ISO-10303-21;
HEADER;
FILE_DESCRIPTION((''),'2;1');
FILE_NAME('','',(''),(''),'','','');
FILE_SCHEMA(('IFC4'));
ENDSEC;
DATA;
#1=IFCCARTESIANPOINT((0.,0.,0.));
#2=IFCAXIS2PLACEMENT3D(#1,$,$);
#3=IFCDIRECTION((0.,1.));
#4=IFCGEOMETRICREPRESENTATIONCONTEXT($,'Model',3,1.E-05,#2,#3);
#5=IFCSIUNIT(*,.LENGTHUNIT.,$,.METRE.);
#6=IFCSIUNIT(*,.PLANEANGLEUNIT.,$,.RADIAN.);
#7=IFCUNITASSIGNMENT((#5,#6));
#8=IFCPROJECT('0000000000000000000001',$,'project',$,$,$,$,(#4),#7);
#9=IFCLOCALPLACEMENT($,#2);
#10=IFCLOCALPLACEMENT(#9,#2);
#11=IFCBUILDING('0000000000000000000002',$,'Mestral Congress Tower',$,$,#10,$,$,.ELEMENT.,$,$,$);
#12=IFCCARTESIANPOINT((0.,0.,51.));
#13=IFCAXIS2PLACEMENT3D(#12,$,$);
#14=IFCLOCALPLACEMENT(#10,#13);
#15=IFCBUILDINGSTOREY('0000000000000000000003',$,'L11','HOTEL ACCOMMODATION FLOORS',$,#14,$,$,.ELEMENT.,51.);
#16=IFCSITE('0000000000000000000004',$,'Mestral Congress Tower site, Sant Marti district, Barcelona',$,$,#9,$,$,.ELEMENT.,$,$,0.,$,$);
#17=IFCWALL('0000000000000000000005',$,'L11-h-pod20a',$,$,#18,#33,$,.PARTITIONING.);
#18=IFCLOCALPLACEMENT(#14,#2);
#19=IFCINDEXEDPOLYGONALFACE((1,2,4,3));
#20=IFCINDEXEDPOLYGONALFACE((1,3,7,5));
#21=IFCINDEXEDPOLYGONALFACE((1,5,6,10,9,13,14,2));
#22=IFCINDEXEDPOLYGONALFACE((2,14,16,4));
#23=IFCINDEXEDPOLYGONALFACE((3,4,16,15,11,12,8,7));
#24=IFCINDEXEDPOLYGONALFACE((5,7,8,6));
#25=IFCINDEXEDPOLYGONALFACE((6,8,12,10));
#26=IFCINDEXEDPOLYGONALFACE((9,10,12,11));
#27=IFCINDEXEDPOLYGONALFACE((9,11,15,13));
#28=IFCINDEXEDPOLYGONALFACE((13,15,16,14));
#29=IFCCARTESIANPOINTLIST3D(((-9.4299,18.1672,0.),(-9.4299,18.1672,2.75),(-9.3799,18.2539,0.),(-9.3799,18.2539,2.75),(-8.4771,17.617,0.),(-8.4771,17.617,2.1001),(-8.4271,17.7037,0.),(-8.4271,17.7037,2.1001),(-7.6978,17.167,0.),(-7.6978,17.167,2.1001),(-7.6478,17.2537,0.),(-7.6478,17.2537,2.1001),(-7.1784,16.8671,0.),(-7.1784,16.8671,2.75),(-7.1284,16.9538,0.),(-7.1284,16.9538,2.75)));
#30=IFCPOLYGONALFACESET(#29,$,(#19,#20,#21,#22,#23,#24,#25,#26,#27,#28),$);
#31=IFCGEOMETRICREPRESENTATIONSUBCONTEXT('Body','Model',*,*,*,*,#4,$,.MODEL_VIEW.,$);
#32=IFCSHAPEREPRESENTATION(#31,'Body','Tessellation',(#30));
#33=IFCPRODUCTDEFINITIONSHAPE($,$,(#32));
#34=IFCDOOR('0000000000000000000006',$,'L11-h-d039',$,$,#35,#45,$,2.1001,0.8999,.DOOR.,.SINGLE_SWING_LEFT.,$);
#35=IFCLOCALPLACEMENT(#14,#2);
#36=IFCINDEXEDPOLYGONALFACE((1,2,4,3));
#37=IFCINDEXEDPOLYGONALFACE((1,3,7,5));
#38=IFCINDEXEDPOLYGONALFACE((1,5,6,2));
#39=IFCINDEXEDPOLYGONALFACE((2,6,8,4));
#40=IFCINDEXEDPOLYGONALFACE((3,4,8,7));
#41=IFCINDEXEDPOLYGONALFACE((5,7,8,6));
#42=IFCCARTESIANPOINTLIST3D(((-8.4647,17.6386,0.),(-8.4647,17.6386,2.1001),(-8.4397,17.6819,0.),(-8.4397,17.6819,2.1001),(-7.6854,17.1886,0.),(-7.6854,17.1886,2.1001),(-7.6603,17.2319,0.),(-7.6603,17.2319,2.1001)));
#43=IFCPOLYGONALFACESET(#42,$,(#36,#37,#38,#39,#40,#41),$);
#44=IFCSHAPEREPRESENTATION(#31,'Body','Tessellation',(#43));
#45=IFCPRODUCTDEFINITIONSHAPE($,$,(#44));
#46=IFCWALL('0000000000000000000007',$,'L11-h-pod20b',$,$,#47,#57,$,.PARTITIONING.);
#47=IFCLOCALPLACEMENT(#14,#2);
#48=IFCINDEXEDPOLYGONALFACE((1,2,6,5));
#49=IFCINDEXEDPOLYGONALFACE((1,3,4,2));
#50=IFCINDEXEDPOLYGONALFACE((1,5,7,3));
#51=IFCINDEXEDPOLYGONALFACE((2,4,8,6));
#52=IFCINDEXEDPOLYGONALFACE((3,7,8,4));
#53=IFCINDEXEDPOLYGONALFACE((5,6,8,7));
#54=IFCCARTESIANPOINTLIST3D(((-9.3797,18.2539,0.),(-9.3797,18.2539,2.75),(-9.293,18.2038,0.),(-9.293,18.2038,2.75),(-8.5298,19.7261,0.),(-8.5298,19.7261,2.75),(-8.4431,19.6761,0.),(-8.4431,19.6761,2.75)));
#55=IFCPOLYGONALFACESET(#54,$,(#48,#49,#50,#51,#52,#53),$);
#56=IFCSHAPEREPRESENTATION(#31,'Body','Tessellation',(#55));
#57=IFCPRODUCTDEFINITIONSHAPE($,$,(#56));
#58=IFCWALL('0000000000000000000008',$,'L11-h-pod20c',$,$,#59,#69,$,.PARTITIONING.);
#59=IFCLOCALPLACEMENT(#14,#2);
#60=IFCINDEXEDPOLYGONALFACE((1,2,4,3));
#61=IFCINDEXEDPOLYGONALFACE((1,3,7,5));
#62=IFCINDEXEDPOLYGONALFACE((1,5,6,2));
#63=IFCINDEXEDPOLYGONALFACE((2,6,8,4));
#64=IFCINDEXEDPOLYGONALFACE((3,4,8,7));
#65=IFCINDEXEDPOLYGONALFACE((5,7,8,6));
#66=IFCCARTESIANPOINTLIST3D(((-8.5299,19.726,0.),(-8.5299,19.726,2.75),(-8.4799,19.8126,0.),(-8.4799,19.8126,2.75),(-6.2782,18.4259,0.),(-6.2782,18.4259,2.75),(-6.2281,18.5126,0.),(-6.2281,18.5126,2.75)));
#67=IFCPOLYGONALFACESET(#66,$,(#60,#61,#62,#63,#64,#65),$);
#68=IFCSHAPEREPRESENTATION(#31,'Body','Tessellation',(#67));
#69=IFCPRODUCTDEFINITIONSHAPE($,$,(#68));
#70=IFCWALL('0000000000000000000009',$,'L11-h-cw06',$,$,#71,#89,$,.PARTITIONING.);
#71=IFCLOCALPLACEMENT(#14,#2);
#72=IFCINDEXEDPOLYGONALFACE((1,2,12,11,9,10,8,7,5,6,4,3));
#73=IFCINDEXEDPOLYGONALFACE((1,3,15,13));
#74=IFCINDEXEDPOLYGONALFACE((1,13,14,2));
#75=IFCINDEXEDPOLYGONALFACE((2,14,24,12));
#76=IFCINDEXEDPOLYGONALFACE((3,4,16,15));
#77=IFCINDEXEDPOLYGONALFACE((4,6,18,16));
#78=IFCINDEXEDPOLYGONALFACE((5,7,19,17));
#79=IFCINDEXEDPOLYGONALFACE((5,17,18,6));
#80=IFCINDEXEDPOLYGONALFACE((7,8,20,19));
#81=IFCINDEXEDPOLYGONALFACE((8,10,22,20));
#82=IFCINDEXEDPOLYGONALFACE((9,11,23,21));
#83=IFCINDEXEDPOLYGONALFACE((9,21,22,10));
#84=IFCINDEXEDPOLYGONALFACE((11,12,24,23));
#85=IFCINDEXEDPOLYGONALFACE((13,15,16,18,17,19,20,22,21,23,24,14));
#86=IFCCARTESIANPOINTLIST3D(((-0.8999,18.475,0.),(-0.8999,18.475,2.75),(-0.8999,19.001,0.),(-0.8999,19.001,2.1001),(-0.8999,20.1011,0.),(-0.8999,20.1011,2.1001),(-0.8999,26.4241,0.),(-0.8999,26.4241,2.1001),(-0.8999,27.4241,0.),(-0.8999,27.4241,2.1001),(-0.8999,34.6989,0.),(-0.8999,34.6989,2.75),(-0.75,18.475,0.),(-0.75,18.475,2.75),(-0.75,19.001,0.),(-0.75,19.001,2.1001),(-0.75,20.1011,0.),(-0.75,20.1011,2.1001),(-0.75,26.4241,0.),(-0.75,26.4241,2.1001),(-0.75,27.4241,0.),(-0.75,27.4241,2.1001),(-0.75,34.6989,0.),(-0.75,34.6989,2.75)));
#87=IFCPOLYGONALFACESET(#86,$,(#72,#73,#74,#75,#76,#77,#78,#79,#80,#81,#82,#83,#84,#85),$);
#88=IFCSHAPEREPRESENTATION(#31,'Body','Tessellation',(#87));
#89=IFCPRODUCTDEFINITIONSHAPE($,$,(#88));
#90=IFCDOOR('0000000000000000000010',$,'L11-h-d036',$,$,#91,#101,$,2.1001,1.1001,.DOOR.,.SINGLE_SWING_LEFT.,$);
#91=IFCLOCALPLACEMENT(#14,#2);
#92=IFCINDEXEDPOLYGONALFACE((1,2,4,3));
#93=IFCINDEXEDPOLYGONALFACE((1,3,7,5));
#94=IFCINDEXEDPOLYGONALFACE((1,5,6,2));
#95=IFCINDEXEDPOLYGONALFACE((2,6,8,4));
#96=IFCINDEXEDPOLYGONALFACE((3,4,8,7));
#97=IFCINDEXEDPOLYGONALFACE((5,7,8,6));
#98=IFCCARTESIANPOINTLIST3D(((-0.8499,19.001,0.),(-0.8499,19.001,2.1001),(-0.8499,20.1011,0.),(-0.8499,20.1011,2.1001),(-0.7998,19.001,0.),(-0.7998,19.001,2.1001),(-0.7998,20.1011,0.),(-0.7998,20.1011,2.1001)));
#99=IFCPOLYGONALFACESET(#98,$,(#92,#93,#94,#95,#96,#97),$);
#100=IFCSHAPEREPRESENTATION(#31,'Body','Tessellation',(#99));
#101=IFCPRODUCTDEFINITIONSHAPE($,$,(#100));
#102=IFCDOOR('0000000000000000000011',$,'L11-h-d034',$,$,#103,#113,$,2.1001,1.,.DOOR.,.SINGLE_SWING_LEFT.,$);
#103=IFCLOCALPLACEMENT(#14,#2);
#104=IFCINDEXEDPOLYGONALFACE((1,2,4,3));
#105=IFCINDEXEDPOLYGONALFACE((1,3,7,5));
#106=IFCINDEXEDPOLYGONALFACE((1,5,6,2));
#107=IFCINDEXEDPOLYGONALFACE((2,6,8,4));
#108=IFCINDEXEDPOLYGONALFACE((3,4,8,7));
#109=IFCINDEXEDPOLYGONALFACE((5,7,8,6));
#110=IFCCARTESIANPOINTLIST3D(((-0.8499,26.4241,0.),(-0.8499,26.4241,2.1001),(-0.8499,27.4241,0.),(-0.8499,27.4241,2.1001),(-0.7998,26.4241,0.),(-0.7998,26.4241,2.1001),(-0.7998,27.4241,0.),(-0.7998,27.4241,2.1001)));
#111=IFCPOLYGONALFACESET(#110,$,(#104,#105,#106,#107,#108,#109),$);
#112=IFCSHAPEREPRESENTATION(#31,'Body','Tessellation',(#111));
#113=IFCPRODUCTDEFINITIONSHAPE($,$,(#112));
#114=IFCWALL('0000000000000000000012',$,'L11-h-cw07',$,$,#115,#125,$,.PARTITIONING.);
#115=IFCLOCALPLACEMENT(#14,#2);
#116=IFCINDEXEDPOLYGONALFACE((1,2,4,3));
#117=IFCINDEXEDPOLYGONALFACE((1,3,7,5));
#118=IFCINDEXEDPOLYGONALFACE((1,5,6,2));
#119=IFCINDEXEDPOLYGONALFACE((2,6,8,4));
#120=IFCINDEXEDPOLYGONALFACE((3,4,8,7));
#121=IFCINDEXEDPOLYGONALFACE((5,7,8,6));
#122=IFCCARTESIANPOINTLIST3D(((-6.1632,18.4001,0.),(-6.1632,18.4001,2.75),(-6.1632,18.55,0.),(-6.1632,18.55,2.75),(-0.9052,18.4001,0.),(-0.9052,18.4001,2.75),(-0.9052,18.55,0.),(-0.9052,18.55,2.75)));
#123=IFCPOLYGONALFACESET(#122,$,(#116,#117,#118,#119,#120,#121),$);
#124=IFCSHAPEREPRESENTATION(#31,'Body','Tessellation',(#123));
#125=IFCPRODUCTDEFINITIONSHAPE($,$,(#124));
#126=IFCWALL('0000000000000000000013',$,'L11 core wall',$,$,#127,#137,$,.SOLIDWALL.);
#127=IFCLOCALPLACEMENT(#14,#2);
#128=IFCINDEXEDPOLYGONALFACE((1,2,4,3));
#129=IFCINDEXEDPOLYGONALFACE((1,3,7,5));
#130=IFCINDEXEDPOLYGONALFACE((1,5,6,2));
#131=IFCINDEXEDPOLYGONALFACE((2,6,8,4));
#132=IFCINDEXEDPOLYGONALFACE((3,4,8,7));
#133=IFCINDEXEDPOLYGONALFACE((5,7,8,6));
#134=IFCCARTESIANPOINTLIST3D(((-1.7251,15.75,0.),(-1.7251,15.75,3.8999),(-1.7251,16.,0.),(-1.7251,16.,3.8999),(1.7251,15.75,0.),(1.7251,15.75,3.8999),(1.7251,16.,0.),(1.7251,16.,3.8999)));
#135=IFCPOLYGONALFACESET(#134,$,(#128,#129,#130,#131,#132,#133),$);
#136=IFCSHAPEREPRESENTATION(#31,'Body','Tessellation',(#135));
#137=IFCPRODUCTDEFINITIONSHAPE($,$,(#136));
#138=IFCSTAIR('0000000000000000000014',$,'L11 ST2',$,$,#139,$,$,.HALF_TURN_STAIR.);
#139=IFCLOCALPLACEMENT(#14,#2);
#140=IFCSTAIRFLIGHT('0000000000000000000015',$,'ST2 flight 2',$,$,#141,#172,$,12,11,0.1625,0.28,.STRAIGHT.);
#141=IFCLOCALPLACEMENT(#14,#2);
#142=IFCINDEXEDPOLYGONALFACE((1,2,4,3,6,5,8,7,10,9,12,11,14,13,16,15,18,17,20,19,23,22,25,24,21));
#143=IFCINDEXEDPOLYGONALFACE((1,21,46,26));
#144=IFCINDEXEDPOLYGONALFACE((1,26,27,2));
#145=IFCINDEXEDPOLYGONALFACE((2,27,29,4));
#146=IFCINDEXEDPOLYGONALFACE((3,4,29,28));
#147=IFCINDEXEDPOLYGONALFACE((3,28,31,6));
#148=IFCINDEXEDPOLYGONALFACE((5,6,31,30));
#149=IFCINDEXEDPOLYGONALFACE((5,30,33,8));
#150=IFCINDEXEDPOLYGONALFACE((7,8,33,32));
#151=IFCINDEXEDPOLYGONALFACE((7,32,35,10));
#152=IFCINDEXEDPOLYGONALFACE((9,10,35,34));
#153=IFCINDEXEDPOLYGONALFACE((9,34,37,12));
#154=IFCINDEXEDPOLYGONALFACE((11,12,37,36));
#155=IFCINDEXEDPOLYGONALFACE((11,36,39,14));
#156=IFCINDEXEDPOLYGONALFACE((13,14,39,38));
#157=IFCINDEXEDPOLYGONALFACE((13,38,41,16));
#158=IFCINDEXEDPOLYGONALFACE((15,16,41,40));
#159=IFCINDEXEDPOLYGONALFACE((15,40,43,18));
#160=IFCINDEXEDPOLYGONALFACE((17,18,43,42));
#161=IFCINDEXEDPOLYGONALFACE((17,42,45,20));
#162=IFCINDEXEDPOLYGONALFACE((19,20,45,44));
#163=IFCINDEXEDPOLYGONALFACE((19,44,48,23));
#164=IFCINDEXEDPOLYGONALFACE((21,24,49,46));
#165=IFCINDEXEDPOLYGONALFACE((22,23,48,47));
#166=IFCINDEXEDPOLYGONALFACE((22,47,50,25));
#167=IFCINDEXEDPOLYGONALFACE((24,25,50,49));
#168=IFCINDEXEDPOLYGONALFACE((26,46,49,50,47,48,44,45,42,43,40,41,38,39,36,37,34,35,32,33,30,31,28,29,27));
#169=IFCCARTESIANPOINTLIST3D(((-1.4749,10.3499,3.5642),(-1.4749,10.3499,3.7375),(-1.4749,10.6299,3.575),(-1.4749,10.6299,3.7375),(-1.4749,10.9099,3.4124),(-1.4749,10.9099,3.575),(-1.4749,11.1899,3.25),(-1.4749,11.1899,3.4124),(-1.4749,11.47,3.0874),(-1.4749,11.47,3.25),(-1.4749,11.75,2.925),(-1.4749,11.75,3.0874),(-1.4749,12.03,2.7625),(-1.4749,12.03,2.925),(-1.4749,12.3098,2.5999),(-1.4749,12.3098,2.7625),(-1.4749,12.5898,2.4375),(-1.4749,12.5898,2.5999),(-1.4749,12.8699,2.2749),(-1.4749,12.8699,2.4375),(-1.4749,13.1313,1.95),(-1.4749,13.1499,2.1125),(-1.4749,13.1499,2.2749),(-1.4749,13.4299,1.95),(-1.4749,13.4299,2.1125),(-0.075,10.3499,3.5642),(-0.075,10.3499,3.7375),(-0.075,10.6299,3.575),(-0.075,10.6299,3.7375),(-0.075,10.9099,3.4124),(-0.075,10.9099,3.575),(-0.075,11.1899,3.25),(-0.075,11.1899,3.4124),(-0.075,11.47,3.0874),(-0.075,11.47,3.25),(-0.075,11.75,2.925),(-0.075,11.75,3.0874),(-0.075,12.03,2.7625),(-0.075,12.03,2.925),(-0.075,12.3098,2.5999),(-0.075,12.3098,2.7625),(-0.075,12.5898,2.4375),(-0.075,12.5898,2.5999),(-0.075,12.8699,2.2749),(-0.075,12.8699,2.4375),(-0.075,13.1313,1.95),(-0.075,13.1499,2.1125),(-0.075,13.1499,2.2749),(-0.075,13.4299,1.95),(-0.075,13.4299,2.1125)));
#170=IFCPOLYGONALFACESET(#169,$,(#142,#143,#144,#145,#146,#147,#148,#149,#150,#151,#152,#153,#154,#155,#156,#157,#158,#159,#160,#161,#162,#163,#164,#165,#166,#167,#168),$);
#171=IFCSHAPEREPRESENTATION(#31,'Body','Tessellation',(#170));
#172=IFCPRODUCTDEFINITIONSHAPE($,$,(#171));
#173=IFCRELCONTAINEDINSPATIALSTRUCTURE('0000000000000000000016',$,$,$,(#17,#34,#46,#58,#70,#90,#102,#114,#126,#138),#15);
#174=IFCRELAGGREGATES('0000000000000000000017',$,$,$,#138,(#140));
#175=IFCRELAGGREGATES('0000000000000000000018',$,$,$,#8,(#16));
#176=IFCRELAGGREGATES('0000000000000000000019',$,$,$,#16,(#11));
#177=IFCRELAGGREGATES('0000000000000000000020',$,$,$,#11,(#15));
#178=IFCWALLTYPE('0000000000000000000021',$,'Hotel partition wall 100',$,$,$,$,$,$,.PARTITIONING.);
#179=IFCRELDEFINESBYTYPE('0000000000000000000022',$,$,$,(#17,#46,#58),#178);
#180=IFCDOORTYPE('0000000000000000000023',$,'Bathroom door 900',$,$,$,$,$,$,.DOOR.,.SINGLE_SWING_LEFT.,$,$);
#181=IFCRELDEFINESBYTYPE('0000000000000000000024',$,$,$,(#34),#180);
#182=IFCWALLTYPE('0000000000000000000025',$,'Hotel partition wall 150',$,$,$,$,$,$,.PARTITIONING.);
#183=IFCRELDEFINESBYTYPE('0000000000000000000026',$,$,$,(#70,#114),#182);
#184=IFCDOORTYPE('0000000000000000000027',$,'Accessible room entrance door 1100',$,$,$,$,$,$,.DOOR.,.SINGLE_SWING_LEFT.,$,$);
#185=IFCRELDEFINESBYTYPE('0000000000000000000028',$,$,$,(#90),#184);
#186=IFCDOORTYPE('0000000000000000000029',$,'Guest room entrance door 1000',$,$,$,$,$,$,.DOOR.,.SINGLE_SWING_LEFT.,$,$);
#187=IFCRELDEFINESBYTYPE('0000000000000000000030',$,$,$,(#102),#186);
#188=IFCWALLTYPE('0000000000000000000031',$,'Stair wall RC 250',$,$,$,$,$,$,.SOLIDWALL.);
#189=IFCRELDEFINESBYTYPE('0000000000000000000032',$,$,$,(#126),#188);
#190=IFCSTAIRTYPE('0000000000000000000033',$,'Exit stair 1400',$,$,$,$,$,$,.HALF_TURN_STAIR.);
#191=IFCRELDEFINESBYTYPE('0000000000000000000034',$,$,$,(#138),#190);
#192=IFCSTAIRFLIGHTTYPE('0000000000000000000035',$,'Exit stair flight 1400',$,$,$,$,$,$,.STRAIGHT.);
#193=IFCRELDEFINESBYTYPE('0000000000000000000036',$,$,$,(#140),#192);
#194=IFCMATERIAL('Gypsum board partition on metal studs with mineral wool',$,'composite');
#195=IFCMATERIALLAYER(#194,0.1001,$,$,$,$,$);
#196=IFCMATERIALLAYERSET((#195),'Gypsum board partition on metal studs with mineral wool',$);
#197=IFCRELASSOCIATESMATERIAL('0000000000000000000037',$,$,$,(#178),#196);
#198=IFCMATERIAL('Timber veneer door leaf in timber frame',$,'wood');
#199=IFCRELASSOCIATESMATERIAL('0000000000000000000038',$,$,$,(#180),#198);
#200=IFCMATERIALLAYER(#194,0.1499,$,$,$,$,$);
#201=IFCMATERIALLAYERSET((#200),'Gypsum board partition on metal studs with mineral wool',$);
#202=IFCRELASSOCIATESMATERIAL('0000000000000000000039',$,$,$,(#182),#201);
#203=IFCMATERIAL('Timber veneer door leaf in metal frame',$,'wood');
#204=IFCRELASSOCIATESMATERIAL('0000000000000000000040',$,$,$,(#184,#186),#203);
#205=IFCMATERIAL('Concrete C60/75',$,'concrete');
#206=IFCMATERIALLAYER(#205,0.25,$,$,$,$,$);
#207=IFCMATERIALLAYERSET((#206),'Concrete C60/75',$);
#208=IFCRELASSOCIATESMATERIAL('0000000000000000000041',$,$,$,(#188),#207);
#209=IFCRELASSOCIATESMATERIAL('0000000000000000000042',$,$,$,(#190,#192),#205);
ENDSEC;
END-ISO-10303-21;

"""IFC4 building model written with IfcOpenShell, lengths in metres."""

from ifc_helpers import new_model, si_unit, direction, frame, frame_2d, origin, place, context, subcontext, project, spatial, polyline, rectangle, outline, extrude, material, layer, layer_set, type_object, element, fill, aggregate, save


model = new_model("IFC4")

# Units and contexts
model_context = context("Model", 3, precision=1e-05, world=origin(), true_north=direction((0.0, 1.0)))
body_context = subcontext(model_context, "Body", "Model", "MODEL_VIEW")
ifc_project = project(units=[si_unit("LENGTHUNIT", "METRE"), si_unit("PLANEANGLEUNIT", "RADIAN")], contexts=[model_context])

# Site, building, storey
site_placement = place(None, origin())
site = spatial("IfcSite", under=ifc_project, at=site_placement, Name="Mestral Congress Tower site, Sant Marti district, Barcelona", CompositionType="ELEMENT", RefElevation=0.0)
building_placement = place(site_placement, origin())
building = spatial("IfcBuilding", under=site, at=building_placement, Name="Mestral Congress Tower", CompositionType="ELEMENT")
storey_placement = place(building_placement, frame((0.0, 0.0, 51.0)))
storey = spatial("IfcBuildingStorey", under=building, at=storey_placement, Name="L11", Description="HOTEL ACCOMMODATION FLOORS", CompositionType="ELEMENT", Elevation=51.0)

# Shared definitions
ifc_material_1 = material(Name="Concrete C60/75", Category="concrete")

# Shared definitions
ifc_material_2 = material(Name="Gypsum board partition on metal studs with mineral wool", Category="composite")
ifc_layer_1 = layer(ifc_material_2, 0.1001)
ifc_layer_set_1 = layer_set([ifc_layer_1], Name="Gypsum board partition on metal studs with mineral wool")
wall_type_1 = type_object("IfcWallType", Name="Hotel partition wall 100", PredefinedType="PARTITIONING", material=ifc_layer_set_1)
ifc_material_3 = material(Name="Timber veneer door leaf in timber frame", Category="wood")

# Wall, opening, door
wall_1_placement = place(storey_placement, frame((-9.4048, 18.2104, 0.0), z_axis=(0.0, 0.0, 1.0), x_axis=(0.865998, -0.500048, 0.0)))
wall_1 = element("IfcWall", 1, at=wall_1_placement, inside=storey, type_object=wall_type_1, Name="L11-h-pod20a", PredefinedType="PARTITIONING", context=body_context, shape_type="SweptSolid", body=[
    extrude(rectangle(XDim=2.5999, YDim=0.1001, at=frame_2d((1.2998, 0.0))), origin(), (0.0, 0.0, 1.0), 2.75),
])
opening_1_placement = place(wall_1_placement, frame((1.1001, 0.0, 0.0)))
opening_1 = element("IfcOpeningElement", 2, at=opening_1_placement, cuts=wall_1, PredefinedType="OPENING", context=body_context, shape_type="SweptSolid", body=[
    extrude(rectangle(XDim=0.8999, YDim=2.1001, at=frame_2d((0.45, 1.05))), frame((0.0, 0.0601, 0.0), z_axis=(0.0, -1.0, 0.0), x_axis=(1.0, 0.0, 0.0)), (0.0, 0.0, 1.0), 0.1201),
])
door_type_1 = type_object("IfcDoorType", Name="Bathroom door 900", OperationType="SINGLE_SWING_LEFT", PredefinedType="DOOR", material=ifc_material_3)
door_1_placement = place(opening_1_placement, origin())
door_1 = element("IfcDoor", 3, at=door_1_placement, inside=storey, type_object=door_type_1, Name="L11-h-d039", OperationType="SINGLE_SWING_LEFT", OverallHeight=2.1001, OverallWidth=0.8999, PredefinedType="DOOR", context=body_context, shape_type="SweptSolid", body=[
    extrude(rectangle(XDim=0.8999, YDim=2.1001, at=frame_2d((0.45, 1.05))), frame((0.0, 0.0249, 0.0), z_axis=(0.0, -1.0, 0.0), x_axis=(1.0, 0.0, 0.0)), (0.0, 0.0, 1.0), 0.05),
])
fill(opening_1, door_1)

# Walls
wall_2_placement = place(storey_placement, frame((-9.3364, 18.2288, 0.0), z_axis=(0.0, 0.0, 1.0), x_axis=(0.499955, 0.866052, 0.0)))
element("IfcWall", 4, at=wall_2_placement, inside=storey, type_object=wall_type_1, Name="L11-h-pod20b", PredefinedType="PARTITIONING", context=body_context, shape_type="SweptSolid", body=[
    extrude(rectangle(XDim=1.7, YDim=0.1001, at=frame_2d((0.8501, 0.0))), origin(), (0.0, 0.0, 1.0), 2.75),
])
wall_3_placement = place(storey_placement, frame((-6.2532, 18.4692, 0.0), z_axis=(0.0, 0.0, 1.0), x_axis=(-0.866021, 0.500007, 0.0)))
element("IfcWall", 5, at=wall_3_placement, inside=storey, type_object=wall_type_1, Name="L11-h-pod20c", PredefinedType="PARTITIONING", context=body_context, shape_type="SweptSolid", body=[
    extrude(rectangle(XDim=2.6001, YDim=0.1001, at=frame_2d((1.3, 0.0))), origin(), (0.0, 0.0, 1.0), 2.75),
])

# Wall, openings, doors
ifc_layer_2 = layer(ifc_material_2, 0.1499)
ifc_layer_set_2 = layer_set([ifc_layer_2], Name="Gypsum board partition on metal studs with mineral wool")
wall_type_2 = type_object("IfcWallType", Name="Hotel partition wall 150", PredefinedType="PARTITIONING", material=ifc_layer_set_2)
wall_4_placement = place(storey_placement, frame((-0.825, 18.4751, 0.0), z_axis=(0.0, 0.0, 1.0), x_axis=(0.0, 1.0, 0.0)))
wall_4 = element("IfcWall", 6, at=wall_4_placement, inside=storey, type_object=wall_type_2, Name="L11-h-cw06", PredefinedType="PARTITIONING", context=body_context, shape_type="SweptSolid", body=[
    extrude(rectangle(XDim=16.2239, YDim=0.1499, at=frame_2d((8.1118, 0.0))), origin(), (0.0, 0.0, 1.0), 2.75),
])
opening_2_placement = place(wall_4_placement, frame((7.949, 0.0, 0.0)))
opening_2 = element("IfcOpeningElement", 7, at=opening_2_placement, cuts=wall_4, PredefinedType="OPENING", context=body_context, shape_type="SweptSolid", body=[
    extrude(rectangle(XDim=1.0, YDim=2.1001, at=frame_2d((0.5, 1.05))), frame((0.0, 0.085, 0.0), z_axis=(0.0, -1.0, 0.0), x_axis=(1.0, 0.0, 0.0)), (0.0, 0.0, 1.0), 0.1699),
])
opening_3_placement = place(wall_4_placement, frame((0.5259, 0.0, 0.0)))
opening_3 = element("IfcOpeningElement", 8, at=opening_3_placement, cuts=wall_4, PredefinedType="OPENING", context=body_context, shape_type="SweptSolid", body=[
    extrude(rectangle(XDim=1.1001, YDim=2.1001, at=frame_2d((0.55, 1.05))), frame((0.0, 0.085, 0.0), z_axis=(0.0, -1.0, 0.0), x_axis=(1.0, 0.0, 0.0)), (0.0, 0.0, 1.0), 0.1699),
])
ifc_material_4 = material(Name="Timber veneer door leaf in metal frame", Category="wood")
door_type_2 = type_object("IfcDoorType", Name="Accessible room entrance door 1100", OperationType="SINGLE_SWING_LEFT", PredefinedType="DOOR", material=ifc_material_4)
door_2_placement = place(opening_3_placement, origin())
door_2 = element("IfcDoor", 9, at=door_2_placement, inside=storey, type_object=door_type_2, Name="L11-h-d036", OperationType="SINGLE_SWING_LEFT", OverallHeight=2.1001, OverallWidth=1.1001, PredefinedType="DOOR", context=body_context, shape_type="SweptSolid", body=[
    extrude(rectangle(XDim=1.1001, YDim=2.1001, at=frame_2d((0.55, 1.05))), frame((0.0, 0.0249, 0.0), z_axis=(0.0, -1.0, 0.0), x_axis=(1.0, 0.0, 0.0)), (0.0, 0.0, 1.0), 0.05),
])
fill(opening_3, door_2)
door_type_3 = type_object("IfcDoorType", Name="Guest room entrance door 1000", OperationType="SINGLE_SWING_LEFT", PredefinedType="DOOR", material=ifc_material_4)
door_3_placement = place(opening_2_placement, origin())
door_3 = element("IfcDoor", 10, at=door_3_placement, inside=storey, type_object=door_type_3, Name="L11-h-d034", OperationType="SINGLE_SWING_LEFT", OverallHeight=2.1001, OverallWidth=1.0, PredefinedType="DOOR", context=body_context, shape_type="SweptSolid", body=[
    extrude(rectangle(XDim=1.0, YDim=2.1001, at=frame_2d((0.5, 1.05))), frame((0.0, 0.0249, 0.0), z_axis=(0.0, -1.0, 0.0), x_axis=(1.0, 0.0, 0.0)), (0.0, 0.0, 1.0), 0.05),
])
fill(opening_2, door_3)

# Walls
wall_5_placement = place(storey_placement, frame((-6.1631, 18.4751, 0.0), z_axis=(0.0, 0.0, 1.0), x_axis=(1.0, 0.0, 0.0)))
element("IfcWall", 11, at=wall_5_placement, inside=storey, type_object=wall_type_2, Name="L11-h-cw07", PredefinedType="PARTITIONING", context=body_context, shape_type="SweptSolid", body=[
    extrude(rectangle(XDim=5.2581, YDim=0.1499, at=frame_2d((2.6289, 0.0))), origin(), (0.0, 0.0, 1.0), 2.75),
])
ifc_layer_3 = layer(ifc_material_1, 0.25)
ifc_layer_set_3 = layer_set([ifc_layer_3], Name="Concrete C60/75")
wall_type_3 = type_object("IfcWallType", Name="Stair wall RC 250", PredefinedType="SOLIDWALL", material=ifc_layer_set_3)
wall_6_placement = place(storey_placement, frame((-1.7251, 15.875, 0.0), z_axis=(0.0, 0.0, 1.0), x_axis=(1.0, 0.0, 0.0)))
element("IfcWall", 12, at=wall_6_placement, inside=storey, type_object=wall_type_3, Name="L11 core wall", PredefinedType="SOLIDWALL", context=body_context, shape_type="SweptSolid", body=[
    extrude(rectangle(XDim=3.4502, YDim=0.25, at=frame_2d((1.7251, 0.0))), origin(), (0.0, 0.0, 1.0), 3.8999),
])

# Stair, stair flight
stair_type = type_object("IfcStairType", Name="Exit stair 1400", PredefinedType="HALF_TURN_STAIR", material=ifc_material_1)
stair_placement = place(storey_placement, origin())
stair = element("IfcStair", 13, at=stair_placement, inside=storey, type_object=stair_type, Name="L11 ST2", PredefinedType="HALF_TURN_STAIR")
stair_flight_type = type_object("IfcStairFlightType", Name="Exit stair flight 1400", PredefinedType="STRAIGHT", material=ifc_material_1)
stair_flight_placement = place(storey_placement, frame((-0.7749, 13.4299, 1.95), z_axis=(0.0, 0.0, 1.0), x_axis=(0.0, -1.0, 0.0)))
stair_flight = element("IfcStairFlight", 14, at=stair_flight_placement, type_object=stair_flight_type, Name="ST2 flight 2", NumberOfRisers=12, NumberOfTreads=11, PredefinedType="STRAIGHT", RiserHeight=0.1625, TreadLength=0.28, context=body_context, shape_type="SweptSolid", body=[
    extrude(outline(polyline([(0.0, 0.0), (0.0, 0.1626), (0.28, 0.1626), (0.28, 0.325), (0.5601, 0.325), (0.5601, 0.4875), (0.8401, 0.4875), (0.8401, 0.6499), (1.1201, 0.6499), (1.1201, 0.8125), (1.3999, 0.8125), (1.3999, 0.9751), (1.6799, 0.9751), (1.6799, 1.1375), (1.96, 1.1375), (1.96, 1.3), (2.24, 1.3), (2.24, 1.4624), (2.52, 1.4624), (2.52, 1.625), (2.8, 1.625), (2.8, 1.7876), (3.0801, 1.7876), (3.0801, 1.95), (3.0801, 1.6143), (0.2986, 0.0), (0.0, 0.0)])), frame((0.0, 0.7, 0.0), z_axis=(0.0, -1.0, 0.0), x_axis=(1.0, 0.0, 0.0)), (0.0, 0.0, 1.0), 1.3999),
])
aggregate(stair, [stair_flight])

save(model, "model.ifc")
